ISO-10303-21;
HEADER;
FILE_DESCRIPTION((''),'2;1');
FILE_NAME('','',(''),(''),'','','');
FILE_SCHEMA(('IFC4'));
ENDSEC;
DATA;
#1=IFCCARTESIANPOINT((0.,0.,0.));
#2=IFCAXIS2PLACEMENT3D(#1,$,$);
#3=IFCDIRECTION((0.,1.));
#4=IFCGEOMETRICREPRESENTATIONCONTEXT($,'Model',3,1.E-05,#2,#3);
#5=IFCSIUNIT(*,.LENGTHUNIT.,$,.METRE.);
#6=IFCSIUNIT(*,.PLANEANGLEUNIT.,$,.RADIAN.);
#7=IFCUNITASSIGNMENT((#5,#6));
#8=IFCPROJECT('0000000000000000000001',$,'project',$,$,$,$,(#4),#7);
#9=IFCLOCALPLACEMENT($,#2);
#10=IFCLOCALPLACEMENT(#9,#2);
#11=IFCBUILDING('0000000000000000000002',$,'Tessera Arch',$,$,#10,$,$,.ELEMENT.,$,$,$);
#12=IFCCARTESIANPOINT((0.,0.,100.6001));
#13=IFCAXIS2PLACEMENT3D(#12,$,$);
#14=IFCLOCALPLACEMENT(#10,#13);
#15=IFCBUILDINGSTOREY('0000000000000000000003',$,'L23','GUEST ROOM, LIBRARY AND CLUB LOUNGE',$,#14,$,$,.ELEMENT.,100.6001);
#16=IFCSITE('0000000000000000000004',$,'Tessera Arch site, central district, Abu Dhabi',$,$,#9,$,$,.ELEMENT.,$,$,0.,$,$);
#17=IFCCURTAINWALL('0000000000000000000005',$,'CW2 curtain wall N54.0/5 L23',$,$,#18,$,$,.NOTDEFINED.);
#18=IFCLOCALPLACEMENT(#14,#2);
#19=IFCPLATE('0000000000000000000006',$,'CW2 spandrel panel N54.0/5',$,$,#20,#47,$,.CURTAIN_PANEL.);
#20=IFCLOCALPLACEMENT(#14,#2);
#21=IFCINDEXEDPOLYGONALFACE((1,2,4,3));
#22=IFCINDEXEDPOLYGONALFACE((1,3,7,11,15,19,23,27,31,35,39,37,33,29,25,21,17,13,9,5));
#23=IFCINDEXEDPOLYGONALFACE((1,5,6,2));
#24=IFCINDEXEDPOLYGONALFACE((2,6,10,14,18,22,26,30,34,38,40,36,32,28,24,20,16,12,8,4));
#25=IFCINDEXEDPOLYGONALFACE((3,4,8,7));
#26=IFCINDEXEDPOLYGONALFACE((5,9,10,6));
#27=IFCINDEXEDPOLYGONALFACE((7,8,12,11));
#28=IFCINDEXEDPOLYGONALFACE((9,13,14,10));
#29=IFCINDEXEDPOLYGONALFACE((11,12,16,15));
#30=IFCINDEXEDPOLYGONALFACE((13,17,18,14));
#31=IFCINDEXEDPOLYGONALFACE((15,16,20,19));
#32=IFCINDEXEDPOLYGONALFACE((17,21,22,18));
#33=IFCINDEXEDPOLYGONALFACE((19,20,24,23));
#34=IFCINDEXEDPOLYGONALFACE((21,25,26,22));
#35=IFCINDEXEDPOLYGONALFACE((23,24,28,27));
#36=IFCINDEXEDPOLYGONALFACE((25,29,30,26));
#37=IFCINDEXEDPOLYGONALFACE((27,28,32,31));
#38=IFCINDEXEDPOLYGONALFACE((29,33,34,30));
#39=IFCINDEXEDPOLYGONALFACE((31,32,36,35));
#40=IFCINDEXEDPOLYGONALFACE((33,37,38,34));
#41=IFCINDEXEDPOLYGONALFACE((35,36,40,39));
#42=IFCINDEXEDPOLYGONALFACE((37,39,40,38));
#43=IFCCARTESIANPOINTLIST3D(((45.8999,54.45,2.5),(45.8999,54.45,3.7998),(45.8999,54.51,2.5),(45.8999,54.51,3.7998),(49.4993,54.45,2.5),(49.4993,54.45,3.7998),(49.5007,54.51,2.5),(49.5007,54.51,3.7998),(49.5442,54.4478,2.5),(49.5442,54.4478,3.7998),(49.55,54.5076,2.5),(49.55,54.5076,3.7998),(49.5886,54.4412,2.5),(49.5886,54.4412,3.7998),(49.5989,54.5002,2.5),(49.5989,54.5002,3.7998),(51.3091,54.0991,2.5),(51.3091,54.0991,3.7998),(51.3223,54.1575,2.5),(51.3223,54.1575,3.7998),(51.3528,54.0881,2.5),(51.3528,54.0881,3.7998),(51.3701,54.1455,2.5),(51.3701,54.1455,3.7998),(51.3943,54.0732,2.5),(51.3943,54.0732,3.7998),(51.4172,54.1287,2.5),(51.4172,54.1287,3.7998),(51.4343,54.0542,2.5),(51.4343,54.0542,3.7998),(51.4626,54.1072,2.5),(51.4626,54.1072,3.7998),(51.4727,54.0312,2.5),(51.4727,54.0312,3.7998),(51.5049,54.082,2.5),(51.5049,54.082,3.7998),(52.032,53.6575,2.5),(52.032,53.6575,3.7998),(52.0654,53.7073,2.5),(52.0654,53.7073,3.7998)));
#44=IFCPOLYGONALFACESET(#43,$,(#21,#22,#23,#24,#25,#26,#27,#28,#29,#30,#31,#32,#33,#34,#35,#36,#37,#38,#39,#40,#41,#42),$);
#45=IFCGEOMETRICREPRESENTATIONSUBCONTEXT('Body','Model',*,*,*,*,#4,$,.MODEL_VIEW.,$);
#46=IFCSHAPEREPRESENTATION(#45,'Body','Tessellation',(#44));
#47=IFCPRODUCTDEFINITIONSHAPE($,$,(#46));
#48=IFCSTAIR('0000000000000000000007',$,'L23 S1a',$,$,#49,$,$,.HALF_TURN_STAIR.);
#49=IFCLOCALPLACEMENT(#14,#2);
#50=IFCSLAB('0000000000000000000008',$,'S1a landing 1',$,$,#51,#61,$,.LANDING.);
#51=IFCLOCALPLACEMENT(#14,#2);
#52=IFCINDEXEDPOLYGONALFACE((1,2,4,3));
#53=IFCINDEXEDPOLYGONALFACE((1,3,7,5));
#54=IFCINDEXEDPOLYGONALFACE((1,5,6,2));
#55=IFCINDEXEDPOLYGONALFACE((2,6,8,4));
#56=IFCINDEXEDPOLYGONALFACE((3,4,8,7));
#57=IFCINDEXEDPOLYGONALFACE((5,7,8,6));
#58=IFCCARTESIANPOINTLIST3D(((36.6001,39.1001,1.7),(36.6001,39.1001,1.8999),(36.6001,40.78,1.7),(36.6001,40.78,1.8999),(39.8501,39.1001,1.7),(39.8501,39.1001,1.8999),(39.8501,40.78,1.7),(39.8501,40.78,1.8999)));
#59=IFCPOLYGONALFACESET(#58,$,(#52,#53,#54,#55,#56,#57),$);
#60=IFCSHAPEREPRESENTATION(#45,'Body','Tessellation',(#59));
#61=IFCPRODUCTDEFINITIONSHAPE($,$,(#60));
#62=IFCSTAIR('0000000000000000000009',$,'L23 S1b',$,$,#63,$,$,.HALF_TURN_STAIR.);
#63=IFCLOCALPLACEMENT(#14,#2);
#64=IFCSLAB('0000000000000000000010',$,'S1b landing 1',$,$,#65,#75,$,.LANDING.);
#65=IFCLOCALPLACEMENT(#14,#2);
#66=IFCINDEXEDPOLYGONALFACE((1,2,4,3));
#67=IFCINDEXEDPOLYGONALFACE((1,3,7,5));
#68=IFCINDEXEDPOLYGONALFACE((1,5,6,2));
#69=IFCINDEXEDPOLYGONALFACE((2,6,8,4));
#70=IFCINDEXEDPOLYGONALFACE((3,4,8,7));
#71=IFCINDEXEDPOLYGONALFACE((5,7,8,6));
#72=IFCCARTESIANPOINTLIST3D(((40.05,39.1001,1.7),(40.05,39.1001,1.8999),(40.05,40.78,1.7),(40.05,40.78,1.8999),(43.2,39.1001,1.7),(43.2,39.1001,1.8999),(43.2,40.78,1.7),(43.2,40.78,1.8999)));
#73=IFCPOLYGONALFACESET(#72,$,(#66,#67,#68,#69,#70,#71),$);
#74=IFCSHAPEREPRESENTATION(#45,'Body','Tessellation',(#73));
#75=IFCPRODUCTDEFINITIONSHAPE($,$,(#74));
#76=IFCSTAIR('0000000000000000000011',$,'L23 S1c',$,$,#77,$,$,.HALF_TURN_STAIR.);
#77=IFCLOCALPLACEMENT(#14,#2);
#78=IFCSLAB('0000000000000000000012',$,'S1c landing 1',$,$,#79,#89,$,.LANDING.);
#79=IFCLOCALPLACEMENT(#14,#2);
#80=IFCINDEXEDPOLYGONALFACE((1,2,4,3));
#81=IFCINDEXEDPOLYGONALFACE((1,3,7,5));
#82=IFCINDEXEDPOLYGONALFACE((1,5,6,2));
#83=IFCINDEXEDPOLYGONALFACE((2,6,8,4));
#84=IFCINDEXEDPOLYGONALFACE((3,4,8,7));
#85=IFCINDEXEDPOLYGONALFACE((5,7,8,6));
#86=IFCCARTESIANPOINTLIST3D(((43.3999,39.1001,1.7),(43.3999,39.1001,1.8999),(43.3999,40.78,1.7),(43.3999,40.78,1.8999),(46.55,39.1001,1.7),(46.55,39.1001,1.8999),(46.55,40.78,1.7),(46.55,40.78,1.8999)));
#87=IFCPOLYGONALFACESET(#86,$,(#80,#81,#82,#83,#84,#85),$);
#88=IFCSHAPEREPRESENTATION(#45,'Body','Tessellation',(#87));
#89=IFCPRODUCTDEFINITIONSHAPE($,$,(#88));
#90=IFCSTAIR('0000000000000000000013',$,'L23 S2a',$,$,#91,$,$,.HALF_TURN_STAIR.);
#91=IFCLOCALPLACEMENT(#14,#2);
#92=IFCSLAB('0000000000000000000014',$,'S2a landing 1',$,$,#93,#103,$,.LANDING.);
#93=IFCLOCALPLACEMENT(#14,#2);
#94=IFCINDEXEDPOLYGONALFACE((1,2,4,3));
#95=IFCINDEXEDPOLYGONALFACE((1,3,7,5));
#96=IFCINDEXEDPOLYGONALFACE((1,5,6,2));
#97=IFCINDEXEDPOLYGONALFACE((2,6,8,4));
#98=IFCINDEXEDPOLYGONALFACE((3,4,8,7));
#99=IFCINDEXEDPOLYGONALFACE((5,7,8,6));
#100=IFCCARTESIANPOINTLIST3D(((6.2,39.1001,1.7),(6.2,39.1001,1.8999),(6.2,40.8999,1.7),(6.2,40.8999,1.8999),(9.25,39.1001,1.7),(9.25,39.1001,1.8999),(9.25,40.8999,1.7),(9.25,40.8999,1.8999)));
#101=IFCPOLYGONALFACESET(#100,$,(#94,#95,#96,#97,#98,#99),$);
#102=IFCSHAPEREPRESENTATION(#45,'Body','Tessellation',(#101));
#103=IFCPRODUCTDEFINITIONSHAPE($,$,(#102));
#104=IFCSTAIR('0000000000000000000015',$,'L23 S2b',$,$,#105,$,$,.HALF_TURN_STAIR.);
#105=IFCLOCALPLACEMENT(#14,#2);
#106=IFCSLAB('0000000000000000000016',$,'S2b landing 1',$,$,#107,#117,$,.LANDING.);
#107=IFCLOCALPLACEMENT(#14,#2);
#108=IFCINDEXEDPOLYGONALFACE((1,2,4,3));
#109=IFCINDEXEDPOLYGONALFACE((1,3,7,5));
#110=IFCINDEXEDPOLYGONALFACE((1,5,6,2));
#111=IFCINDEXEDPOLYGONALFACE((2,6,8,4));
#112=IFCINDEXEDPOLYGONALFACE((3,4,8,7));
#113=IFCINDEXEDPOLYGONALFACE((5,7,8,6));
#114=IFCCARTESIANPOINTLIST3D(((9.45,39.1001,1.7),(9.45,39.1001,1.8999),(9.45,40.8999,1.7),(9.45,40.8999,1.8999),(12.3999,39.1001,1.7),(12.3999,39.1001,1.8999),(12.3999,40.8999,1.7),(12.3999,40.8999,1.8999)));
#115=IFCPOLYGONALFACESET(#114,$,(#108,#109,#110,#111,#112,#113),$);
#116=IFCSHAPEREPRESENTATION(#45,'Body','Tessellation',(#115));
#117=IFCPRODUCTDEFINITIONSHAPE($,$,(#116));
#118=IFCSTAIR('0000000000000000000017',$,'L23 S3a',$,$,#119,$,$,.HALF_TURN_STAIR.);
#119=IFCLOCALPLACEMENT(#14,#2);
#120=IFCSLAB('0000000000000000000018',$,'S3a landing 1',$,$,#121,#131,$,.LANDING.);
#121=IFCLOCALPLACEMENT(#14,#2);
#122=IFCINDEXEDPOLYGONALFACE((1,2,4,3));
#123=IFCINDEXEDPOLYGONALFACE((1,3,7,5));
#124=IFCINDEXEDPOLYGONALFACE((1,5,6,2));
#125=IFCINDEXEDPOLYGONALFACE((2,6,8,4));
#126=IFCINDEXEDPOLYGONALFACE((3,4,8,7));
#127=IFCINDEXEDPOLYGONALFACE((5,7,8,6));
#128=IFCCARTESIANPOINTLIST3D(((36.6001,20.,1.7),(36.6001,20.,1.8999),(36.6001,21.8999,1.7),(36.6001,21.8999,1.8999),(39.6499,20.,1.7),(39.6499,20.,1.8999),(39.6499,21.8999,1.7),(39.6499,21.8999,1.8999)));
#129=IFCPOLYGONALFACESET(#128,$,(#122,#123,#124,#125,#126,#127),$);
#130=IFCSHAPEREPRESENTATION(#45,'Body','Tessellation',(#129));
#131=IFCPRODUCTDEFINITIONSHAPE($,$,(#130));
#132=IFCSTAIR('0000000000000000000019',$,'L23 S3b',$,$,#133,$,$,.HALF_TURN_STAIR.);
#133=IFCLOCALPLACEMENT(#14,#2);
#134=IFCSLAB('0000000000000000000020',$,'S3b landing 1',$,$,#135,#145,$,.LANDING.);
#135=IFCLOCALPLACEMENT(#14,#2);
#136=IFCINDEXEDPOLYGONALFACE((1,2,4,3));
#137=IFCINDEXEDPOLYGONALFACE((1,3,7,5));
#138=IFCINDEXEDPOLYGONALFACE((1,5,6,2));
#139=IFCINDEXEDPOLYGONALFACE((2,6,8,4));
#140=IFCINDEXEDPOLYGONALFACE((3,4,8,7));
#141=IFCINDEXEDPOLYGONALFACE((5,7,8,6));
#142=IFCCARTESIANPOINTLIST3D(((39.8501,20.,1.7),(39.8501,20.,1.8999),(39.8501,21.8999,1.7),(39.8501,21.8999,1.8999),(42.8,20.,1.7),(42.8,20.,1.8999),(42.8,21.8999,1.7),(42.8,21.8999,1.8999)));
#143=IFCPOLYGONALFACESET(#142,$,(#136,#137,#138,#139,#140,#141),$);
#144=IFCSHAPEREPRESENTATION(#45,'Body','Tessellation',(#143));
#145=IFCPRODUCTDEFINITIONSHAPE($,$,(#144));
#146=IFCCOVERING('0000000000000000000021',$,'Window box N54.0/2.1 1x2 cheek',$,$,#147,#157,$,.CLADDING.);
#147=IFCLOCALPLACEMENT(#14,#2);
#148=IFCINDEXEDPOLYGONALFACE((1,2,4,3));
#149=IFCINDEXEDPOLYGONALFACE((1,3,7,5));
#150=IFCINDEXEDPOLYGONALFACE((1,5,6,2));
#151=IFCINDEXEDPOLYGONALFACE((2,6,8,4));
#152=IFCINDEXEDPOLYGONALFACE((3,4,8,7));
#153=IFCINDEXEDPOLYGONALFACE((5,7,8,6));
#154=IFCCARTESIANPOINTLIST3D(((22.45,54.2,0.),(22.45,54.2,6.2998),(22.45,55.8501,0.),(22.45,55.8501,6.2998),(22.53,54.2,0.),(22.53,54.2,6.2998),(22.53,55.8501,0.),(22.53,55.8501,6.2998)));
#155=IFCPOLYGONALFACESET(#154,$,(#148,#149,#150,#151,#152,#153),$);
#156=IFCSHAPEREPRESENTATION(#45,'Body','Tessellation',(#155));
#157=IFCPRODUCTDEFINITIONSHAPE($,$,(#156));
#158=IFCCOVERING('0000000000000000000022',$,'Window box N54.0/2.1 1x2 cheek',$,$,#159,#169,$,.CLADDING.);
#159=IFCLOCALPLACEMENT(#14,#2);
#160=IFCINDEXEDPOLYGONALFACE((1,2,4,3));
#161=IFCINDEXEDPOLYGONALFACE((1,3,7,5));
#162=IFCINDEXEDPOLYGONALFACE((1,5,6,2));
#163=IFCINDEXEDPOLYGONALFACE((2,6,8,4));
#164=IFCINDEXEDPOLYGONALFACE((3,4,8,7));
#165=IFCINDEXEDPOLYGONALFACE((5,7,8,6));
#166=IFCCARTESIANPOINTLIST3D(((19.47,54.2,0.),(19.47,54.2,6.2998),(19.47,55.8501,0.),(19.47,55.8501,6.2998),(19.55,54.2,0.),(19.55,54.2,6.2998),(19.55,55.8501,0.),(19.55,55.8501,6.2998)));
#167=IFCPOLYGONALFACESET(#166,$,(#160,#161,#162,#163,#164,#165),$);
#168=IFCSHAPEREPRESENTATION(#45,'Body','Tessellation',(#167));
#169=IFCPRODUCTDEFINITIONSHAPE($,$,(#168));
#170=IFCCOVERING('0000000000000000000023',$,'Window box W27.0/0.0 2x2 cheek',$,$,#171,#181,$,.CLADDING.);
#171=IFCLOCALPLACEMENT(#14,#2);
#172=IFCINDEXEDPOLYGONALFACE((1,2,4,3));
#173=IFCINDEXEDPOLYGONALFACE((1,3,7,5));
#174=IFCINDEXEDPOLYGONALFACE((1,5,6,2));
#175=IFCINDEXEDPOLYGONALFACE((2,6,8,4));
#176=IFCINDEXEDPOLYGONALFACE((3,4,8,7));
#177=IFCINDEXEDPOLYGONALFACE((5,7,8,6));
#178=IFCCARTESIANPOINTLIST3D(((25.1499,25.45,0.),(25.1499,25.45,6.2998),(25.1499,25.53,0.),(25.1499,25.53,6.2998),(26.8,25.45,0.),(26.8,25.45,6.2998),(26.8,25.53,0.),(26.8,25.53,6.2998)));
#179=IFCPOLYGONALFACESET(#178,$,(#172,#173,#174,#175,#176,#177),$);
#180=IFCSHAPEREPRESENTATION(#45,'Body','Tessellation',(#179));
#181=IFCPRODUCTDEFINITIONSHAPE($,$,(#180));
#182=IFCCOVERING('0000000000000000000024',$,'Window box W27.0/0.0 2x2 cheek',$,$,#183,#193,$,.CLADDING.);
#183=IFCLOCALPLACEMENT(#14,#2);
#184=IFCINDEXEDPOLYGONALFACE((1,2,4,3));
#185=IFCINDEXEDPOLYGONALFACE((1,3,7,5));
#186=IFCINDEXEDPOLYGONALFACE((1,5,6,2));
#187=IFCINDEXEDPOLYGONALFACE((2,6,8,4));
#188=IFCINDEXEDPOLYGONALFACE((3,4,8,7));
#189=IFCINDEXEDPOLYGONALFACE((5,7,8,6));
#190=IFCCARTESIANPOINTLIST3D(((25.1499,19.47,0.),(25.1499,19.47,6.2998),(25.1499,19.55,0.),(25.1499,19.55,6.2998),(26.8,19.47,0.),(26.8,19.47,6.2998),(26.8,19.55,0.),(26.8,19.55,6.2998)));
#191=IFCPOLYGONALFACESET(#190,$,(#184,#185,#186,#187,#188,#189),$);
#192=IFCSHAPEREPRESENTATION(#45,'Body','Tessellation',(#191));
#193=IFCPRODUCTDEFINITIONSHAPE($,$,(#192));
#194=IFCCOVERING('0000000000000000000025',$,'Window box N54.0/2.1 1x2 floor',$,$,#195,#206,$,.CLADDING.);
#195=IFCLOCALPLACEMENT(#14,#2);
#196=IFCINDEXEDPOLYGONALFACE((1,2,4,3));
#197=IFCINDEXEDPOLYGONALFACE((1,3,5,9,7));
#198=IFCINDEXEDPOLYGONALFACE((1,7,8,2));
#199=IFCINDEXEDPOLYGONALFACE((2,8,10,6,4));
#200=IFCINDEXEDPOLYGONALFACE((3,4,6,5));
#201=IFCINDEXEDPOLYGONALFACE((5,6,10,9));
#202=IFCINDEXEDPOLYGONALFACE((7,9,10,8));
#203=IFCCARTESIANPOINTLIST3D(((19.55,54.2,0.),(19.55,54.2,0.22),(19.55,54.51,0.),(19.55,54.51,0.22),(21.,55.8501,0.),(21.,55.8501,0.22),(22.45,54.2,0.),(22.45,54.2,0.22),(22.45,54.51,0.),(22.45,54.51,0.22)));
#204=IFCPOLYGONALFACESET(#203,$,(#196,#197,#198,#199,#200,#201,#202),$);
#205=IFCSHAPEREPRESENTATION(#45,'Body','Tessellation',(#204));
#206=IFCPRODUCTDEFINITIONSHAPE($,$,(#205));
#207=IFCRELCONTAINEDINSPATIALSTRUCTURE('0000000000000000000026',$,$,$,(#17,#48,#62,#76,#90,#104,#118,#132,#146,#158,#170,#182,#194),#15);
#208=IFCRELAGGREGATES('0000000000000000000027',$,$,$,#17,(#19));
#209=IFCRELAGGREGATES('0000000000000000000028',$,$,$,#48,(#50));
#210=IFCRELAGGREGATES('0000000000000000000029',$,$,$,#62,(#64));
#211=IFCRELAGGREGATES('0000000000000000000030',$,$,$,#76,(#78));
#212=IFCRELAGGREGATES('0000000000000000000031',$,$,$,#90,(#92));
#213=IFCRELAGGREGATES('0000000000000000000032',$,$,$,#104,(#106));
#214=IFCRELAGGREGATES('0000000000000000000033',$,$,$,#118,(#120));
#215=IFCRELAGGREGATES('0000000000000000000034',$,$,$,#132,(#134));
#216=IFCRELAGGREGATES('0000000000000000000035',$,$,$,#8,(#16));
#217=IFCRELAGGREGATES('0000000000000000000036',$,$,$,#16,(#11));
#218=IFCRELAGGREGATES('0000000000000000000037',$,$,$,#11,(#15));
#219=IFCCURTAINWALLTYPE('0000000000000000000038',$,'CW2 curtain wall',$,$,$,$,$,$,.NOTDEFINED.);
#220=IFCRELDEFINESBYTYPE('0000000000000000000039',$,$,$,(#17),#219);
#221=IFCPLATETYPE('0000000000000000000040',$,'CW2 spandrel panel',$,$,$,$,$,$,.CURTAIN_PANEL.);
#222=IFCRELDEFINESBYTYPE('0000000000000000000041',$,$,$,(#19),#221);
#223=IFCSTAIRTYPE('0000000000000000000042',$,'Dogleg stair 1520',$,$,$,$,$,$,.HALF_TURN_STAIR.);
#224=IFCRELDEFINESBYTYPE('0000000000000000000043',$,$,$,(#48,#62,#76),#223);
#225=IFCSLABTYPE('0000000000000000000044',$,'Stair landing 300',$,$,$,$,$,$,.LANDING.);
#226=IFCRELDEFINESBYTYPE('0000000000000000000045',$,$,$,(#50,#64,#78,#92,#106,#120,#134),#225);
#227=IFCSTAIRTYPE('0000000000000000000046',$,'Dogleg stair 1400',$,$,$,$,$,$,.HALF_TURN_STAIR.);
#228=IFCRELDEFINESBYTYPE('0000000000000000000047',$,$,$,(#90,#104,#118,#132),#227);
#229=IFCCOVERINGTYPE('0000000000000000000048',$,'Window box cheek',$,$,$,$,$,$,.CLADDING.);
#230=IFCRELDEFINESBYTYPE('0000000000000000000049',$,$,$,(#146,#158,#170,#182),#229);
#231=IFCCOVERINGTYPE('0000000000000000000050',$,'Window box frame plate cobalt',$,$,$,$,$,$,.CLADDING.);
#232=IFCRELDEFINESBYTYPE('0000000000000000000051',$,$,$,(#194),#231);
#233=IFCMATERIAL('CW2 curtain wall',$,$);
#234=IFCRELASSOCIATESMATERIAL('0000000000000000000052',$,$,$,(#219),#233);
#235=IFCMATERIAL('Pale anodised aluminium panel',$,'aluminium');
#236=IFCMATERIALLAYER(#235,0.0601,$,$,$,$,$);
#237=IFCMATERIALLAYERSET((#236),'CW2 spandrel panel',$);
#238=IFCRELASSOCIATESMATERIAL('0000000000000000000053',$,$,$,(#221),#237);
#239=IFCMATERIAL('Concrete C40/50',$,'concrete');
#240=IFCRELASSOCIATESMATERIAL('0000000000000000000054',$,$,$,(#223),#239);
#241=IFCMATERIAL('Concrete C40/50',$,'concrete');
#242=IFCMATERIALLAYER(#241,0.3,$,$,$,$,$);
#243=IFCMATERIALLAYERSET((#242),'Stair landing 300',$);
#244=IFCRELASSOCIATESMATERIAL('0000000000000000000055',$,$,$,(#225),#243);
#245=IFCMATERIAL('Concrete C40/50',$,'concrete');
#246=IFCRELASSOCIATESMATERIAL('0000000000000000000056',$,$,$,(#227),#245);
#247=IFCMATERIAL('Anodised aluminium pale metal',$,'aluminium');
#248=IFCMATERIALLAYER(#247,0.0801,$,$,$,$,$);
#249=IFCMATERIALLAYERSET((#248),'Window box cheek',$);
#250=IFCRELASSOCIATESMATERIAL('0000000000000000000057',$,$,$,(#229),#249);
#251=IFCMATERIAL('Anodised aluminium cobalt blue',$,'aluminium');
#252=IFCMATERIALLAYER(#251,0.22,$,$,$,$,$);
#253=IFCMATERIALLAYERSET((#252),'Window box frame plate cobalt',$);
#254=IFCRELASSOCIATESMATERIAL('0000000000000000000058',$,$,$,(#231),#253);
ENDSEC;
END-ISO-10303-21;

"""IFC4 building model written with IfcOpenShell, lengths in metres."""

from ifc_helpers import new_model, si_unit, direction, frame, origin, place, context, subcontext, project, spatial, polyline, outline, extrude, material, layer, layer_set, type_object, element, aggregate, save


model = new_model("IFC4")

# Units and contexts
model_context = context("Model", 3, precision=1e-05, world=origin(), true_north=direction((0.0, 1.0)))
body_context = subcontext(model_context, "Body", "Model", "MODEL_VIEW")
ifc_project = project(units=[si_unit("LENGTHUNIT", "METRE"), si_unit("PLANEANGLEUNIT", "RADIAN")], contexts=[model_context])

# Site, building, storey
site_placement = place(None, origin())
site = spatial("IfcSite", under=ifc_project, at=site_placement, Name="Tessera Arch site, central district, Abu Dhabi", CompositionType="ELEMENT", RefElevation=0.0)
building_placement = place(site_placement, origin())
building = spatial("IfcBuilding", under=site, at=building_placement, Name="Tessera Arch", CompositionType="ELEMENT")
storey_placement = place(building_placement, frame((0.0, 0.0, 100.6001)))
storey = spatial("IfcBuildingStorey", under=building, at=storey_placement, Name="L23", Description="GUEST ROOM, LIBRARY AND CLUB LOUNGE", CompositionType="ELEMENT", Elevation=100.6001)

# Curtain wall
ifc_material_1 = material(Name="CW2 curtain wall")
curtain_wall_type = type_object("IfcCurtainWallType", Name="CW2 curtain wall", PredefinedType="NOTDEFINED", material=ifc_material_1)
curtain_wall_1_placement = place(storey_placement, origin())
curtain_wall_1 = element("IfcCurtainWall", 1, at=curtain_wall_1_placement, inside=storey, type_object=curtain_wall_type, Name="CW2 curtain wall N54.0/5 L23", PredefinedType="NOTDEFINED")

# Shared definitions
ifc_material_2 = material(Name="Pale anodised aluminium panel", Category="aluminium")
ifc_layer_1 = layer(ifc_material_2, 0.0601)
ifc_layer_set_1 = layer_set([ifc_layer_1], Name="CW2 spandrel panel")
plate_type_1 = type_object("IfcPlateType", Name="CW2 spandrel panel", PredefinedType="CURTAIN_PANEL", material=ifc_layer_set_1)

# Plate
plate_1_placement = place(storey_placement, frame((0.0, 0.0, 2.5)))
plate_1 = element("IfcPlate", 2, at=plate_1_placement, type_object=plate_type_1, Name="CW2 spandrel panel N54.0/5", PredefinedType="CURTAIN_PANEL", context=body_context, shape_type="SweptSolid", body=[
    extrude(outline(polyline([(51.4727, 54.0312), (52.032, 53.6575), (52.0654, 53.7073), (51.5049, 54.082), (51.4626, 54.1072), (51.4172, 54.1287), (51.3701, 54.1455), (51.3223, 54.1575), (49.5989, 54.5002), (49.55, 54.5076), (49.5007, 54.51), (45.8999, 54.51), (45.8999, 54.45), (49.4993, 54.45), (49.5442, 54.4478), (49.5886, 54.4412), (51.3091, 54.0991), (51.3528, 54.0881), (51.3943, 54.0732), (51.4343, 54.0542), (51.4727, 54.0312)])), origin(), (0.0, 0.0, 1.0), 1.2998),
])
aggregate(curtain_wall_1, [plate_1])

# Stairs, slabs
ifc_material_3 = material(Name="Concrete C40/50", Category="concrete")
stair_type_1 = type_object("IfcStairType", Name="Dogleg stair 1520", PredefinedType="HALF_TURN_STAIR", material=ifc_material_3)
stair_1_placement = place(storey_placement, origin())
stair_1 = element("IfcStair", 3, at=stair_1_placement, inside=storey, type_object=stair_type_1, Name="L23 S1a", PredefinedType="HALF_TURN_STAIR")
ifc_material_4 = material(Name="Concrete C40/50", Category="concrete")
ifc_layer_2 = layer(ifc_material_4, 0.3)
ifc_layer_set_2 = layer_set([ifc_layer_2], Name="Stair landing 300")
slab_type = type_object("IfcSlabType", Name="Stair landing 300", PredefinedType="LANDING", material=ifc_layer_set_2)
slab_1_placement = place(storey_placement, frame((0.0, 0.0, 1.7)))
slab_1 = element("IfcSlab", 4, at=slab_1_placement, type_object=slab_type, Name="S1a landing 1", PredefinedType="LANDING", context=body_context, shape_type="SweptSolid", body=[
    extrude(outline(polyline([(36.6001, 40.78), (36.6001, 39.1001), (39.8501, 39.1001), (39.8501, 40.78), (36.6001, 40.78)])), origin(), (0.0, 0.0, 1.0), 0.2),
])
aggregate(stair_1, [slab_1])
stair_2_placement = place(storey_placement, origin())
stair_2 = element("IfcStair", 5, at=stair_2_placement, inside=storey, type_object=stair_type_1, Name="L23 S1b", PredefinedType="HALF_TURN_STAIR")
slab_2_placement = place(storey_placement, frame((0.0, 0.0, 1.7)))
slab_2 = element("IfcSlab", 6, at=slab_2_placement, type_object=slab_type, Name="S1b landing 1", PredefinedType="LANDING", context=body_context, shape_type="SweptSolid", body=[
    extrude(outline(polyline([(40.05, 40.78), (40.05, 39.1001), (43.2, 39.1001), (43.2, 40.78), (40.05, 40.78)])), origin(), (0.0, 0.0, 1.0), 0.2),
])
aggregate(stair_2, [slab_2])
stair_3_placement = place(storey_placement, origin())
stair_3 = element("IfcStair", 7, at=stair_3_placement, inside=storey, type_object=stair_type_1, Name="L23 S1c", PredefinedType="HALF_TURN_STAIR")
slab_3_placement = place(storey_placement, frame((0.0, 0.0, 1.7)))
slab_3 = element("IfcSlab", 8, at=slab_3_placement, type_object=slab_type, Name="S1c landing 1", PredefinedType="LANDING", context=body_context, shape_type="SweptSolid", body=[
    extrude(outline(polyline([(43.3999, 40.78), (43.3999, 39.1001), (46.55, 39.1001), (46.55, 40.78), (43.3999, 40.78)])), origin(), (0.0, 0.0, 1.0), 0.2),
])
aggregate(stair_3, [slab_3])
ifc_material_5 = material(Name="Concrete C40/50", Category="concrete")
stair_type_2 = type_object("IfcStairType", Name="Dogleg stair 1400", PredefinedType="HALF_TURN_STAIR", material=ifc_material_5)
stair_4_placement = place(storey_placement, origin())
stair_4 = element("IfcStair", 9, at=stair_4_placement, inside=storey, type_object=stair_type_2, Name="L23 S2a", PredefinedType="HALF_TURN_STAIR")
slab_4_placement = place(storey_placement, frame((0.0, 0.0, 1.7)))
slab_4 = element("IfcSlab", 10, at=slab_4_placement, type_object=slab_type, Name="S2a landing 1", PredefinedType="LANDING", context=body_context, shape_type="SweptSolid", body=[
    extrude(outline(polyline([(6.2, 40.8999), (6.2, 39.1001), (9.25, 39.1001), (9.25, 40.8999), (6.2, 40.8999)])), origin(), (0.0, 0.0, 1.0), 0.2),
])
aggregate(stair_4, [slab_4])
stair_5_placement = place(storey_placement, origin())
stair_5 = element("IfcStair", 11, at=stair_5_placement, inside=storey, type_object=stair_type_2, Name="L23 S2b", PredefinedType="HALF_TURN_STAIR")
slab_5_placement = place(storey_placement, frame((0.0, 0.0, 1.7)))
slab_5 = element("IfcSlab", 12, at=slab_5_placement, type_object=slab_type, Name="S2b landing 1", PredefinedType="LANDING", context=body_context, shape_type="SweptSolid", body=[
    extrude(outline(polyline([(9.45, 40.8999), (9.45, 39.1001), (12.3999, 39.1001), (12.3999, 40.8999), (9.45, 40.8999)])), origin(), (0.0, 0.0, 1.0), 0.2),
])
aggregate(stair_5, [slab_5])
stair_6_placement = place(storey_placement, origin())
stair_6 = element("IfcStair", 13, at=stair_6_placement, inside=storey, type_object=stair_type_2, Name="L23 S3a", PredefinedType="HALF_TURN_STAIR")
slab_6_placement = place(storey_placement, frame((0.0, 0.0, 1.7)))
slab_6 = element("IfcSlab", 14, at=slab_6_placement, type_object=slab_type, Name="S3a landing 1", PredefinedType="LANDING", context=body_context, shape_type="SweptSolid", body=[
    extrude(outline(polyline([(39.6499, 20.0), (39.6499, 21.8999), (36.6001, 21.8999), (36.6001, 20.0), (39.6499, 20.0)])), origin(), (0.0, 0.0, 1.0), 0.2),
])
aggregate(stair_6, [slab_6])
stair_7_placement = place(storey_placement, origin())
stair_7 = element("IfcStair", 15, at=stair_7_placement, inside=storey, type_object=stair_type_2, Name="L23 S3b", PredefinedType="HALF_TURN_STAIR")
slab_7_placement = place(storey_placement, frame((0.0, 0.0, 1.7)))
slab_7 = element("IfcSlab", 16, at=slab_7_placement, type_object=slab_type, Name="S3b landing 1", PredefinedType="LANDING", context=body_context, shape_type="SweptSolid", body=[
    extrude(outline(polyline([(42.8, 20.0), (42.8, 21.8999), (39.8501, 21.8999), (39.8501, 20.0), (42.8, 20.0)])), origin(), (0.0, 0.0, 1.0), 0.2),
])
aggregate(stair_7, [slab_7])

# Coverings
ifc_material_6 = material(Name="Anodised aluminium pale metal", Category="aluminium")
ifc_layer_3 = layer(ifc_material_6, 0.0801)
ifc_layer_set_3 = layer_set([ifc_layer_3], Name="Window box cheek")
covering_type_1 = type_object("IfcCoveringType", Name="Window box cheek", PredefinedType="CLADDING", material=ifc_layer_set_3)
covering_1_placement = place(storey_placement, origin())
element("IfcCovering", 17, at=covering_1_placement, inside=storey, type_object=covering_type_1, Name="Window box N54.0/2.1 1x2 cheek", PredefinedType="CLADDING", context=body_context, shape_type="SweptSolid", body=[
    extrude(outline(polyline([(22.53, 55.8501), (22.45, 55.8501), (22.45, 54.2), (22.53, 54.2), (22.53, 55.8501)])), origin(), (0.0, 0.0, 1.0), 6.2998),
])
covering_2_placement = place(storey_placement, origin())
element("IfcCovering", 18, at=covering_2_placement, inside=storey, type_object=covering_type_1, Name="Window box N54.0/2.1 1x2 cheek", PredefinedType="CLADDING", context=body_context, shape_type="SweptSolid", body=[
    extrude(outline(polyline([(19.55, 55.8501), (19.47, 55.8501), (19.47, 54.2), (19.55, 54.2), (19.55, 55.8501)])), origin(), (0.0, 0.0, 1.0), 6.2998),
])
covering_3_placement = place(storey_placement, origin())
element("IfcCovering", 19, at=covering_3_placement, inside=storey, type_object=covering_type_1, Name="Window box W27.0/0.0 2x2 cheek", PredefinedType="CLADDING", context=body_context, shape_type="SweptSolid", body=[
    extrude(outline(polyline([(25.1499, 25.53), (25.1499, 25.45), (26.8, 25.45), (26.8, 25.53), (25.1499, 25.53)])), origin(), (0.0, 0.0, 1.0), 6.2998),
])
covering_4_placement = place(storey_placement, origin())
element("IfcCovering", 20, at=covering_4_placement, inside=storey, type_object=covering_type_1, Name="Window box W27.0/0.0 2x2 cheek", PredefinedType="CLADDING", context=body_context, shape_type="SweptSolid", body=[
    extrude(outline(polyline([(25.1499, 19.55), (25.1499, 19.47), (26.8, 19.47), (26.8, 19.55), (25.1499, 19.55)])), origin(), (0.0, 0.0, 1.0), 6.2998),
])
ifc_material_7 = material(Name="Anodised aluminium cobalt blue", Category="aluminium")
ifc_layer_4 = layer(ifc_material_7, 0.22)
ifc_layer_set_4 = layer_set([ifc_layer_4], Name="Window box frame plate cobalt")
covering_type_2 = type_object("IfcCoveringType", Name="Window box frame plate cobalt", PredefinedType="CLADDING", material=ifc_layer_set_4)
for number, where, name in (
    (21, (0.0, 0.0, 0.0), "Window box N54.0/2.1 1x2 floor"),
):
    element("IfcCovering", number, at=place(storey_placement, frame(where)), inside=storey, type_object=covering_type_2, Name=name, PredefinedType="CLADDING", context=body_context, shape_type="SweptSolid", body=[
        extrude(outline(polyline([(22.45, 54.51), (21.0, 55.8501), (19.55, 54.51), (19.55, 54.2), (22.45, 54.2), (22.45, 54.51)])), origin(), (0.0, 0.0, 1.0), 0.22),
    ])

save(model, "model.ifc")
